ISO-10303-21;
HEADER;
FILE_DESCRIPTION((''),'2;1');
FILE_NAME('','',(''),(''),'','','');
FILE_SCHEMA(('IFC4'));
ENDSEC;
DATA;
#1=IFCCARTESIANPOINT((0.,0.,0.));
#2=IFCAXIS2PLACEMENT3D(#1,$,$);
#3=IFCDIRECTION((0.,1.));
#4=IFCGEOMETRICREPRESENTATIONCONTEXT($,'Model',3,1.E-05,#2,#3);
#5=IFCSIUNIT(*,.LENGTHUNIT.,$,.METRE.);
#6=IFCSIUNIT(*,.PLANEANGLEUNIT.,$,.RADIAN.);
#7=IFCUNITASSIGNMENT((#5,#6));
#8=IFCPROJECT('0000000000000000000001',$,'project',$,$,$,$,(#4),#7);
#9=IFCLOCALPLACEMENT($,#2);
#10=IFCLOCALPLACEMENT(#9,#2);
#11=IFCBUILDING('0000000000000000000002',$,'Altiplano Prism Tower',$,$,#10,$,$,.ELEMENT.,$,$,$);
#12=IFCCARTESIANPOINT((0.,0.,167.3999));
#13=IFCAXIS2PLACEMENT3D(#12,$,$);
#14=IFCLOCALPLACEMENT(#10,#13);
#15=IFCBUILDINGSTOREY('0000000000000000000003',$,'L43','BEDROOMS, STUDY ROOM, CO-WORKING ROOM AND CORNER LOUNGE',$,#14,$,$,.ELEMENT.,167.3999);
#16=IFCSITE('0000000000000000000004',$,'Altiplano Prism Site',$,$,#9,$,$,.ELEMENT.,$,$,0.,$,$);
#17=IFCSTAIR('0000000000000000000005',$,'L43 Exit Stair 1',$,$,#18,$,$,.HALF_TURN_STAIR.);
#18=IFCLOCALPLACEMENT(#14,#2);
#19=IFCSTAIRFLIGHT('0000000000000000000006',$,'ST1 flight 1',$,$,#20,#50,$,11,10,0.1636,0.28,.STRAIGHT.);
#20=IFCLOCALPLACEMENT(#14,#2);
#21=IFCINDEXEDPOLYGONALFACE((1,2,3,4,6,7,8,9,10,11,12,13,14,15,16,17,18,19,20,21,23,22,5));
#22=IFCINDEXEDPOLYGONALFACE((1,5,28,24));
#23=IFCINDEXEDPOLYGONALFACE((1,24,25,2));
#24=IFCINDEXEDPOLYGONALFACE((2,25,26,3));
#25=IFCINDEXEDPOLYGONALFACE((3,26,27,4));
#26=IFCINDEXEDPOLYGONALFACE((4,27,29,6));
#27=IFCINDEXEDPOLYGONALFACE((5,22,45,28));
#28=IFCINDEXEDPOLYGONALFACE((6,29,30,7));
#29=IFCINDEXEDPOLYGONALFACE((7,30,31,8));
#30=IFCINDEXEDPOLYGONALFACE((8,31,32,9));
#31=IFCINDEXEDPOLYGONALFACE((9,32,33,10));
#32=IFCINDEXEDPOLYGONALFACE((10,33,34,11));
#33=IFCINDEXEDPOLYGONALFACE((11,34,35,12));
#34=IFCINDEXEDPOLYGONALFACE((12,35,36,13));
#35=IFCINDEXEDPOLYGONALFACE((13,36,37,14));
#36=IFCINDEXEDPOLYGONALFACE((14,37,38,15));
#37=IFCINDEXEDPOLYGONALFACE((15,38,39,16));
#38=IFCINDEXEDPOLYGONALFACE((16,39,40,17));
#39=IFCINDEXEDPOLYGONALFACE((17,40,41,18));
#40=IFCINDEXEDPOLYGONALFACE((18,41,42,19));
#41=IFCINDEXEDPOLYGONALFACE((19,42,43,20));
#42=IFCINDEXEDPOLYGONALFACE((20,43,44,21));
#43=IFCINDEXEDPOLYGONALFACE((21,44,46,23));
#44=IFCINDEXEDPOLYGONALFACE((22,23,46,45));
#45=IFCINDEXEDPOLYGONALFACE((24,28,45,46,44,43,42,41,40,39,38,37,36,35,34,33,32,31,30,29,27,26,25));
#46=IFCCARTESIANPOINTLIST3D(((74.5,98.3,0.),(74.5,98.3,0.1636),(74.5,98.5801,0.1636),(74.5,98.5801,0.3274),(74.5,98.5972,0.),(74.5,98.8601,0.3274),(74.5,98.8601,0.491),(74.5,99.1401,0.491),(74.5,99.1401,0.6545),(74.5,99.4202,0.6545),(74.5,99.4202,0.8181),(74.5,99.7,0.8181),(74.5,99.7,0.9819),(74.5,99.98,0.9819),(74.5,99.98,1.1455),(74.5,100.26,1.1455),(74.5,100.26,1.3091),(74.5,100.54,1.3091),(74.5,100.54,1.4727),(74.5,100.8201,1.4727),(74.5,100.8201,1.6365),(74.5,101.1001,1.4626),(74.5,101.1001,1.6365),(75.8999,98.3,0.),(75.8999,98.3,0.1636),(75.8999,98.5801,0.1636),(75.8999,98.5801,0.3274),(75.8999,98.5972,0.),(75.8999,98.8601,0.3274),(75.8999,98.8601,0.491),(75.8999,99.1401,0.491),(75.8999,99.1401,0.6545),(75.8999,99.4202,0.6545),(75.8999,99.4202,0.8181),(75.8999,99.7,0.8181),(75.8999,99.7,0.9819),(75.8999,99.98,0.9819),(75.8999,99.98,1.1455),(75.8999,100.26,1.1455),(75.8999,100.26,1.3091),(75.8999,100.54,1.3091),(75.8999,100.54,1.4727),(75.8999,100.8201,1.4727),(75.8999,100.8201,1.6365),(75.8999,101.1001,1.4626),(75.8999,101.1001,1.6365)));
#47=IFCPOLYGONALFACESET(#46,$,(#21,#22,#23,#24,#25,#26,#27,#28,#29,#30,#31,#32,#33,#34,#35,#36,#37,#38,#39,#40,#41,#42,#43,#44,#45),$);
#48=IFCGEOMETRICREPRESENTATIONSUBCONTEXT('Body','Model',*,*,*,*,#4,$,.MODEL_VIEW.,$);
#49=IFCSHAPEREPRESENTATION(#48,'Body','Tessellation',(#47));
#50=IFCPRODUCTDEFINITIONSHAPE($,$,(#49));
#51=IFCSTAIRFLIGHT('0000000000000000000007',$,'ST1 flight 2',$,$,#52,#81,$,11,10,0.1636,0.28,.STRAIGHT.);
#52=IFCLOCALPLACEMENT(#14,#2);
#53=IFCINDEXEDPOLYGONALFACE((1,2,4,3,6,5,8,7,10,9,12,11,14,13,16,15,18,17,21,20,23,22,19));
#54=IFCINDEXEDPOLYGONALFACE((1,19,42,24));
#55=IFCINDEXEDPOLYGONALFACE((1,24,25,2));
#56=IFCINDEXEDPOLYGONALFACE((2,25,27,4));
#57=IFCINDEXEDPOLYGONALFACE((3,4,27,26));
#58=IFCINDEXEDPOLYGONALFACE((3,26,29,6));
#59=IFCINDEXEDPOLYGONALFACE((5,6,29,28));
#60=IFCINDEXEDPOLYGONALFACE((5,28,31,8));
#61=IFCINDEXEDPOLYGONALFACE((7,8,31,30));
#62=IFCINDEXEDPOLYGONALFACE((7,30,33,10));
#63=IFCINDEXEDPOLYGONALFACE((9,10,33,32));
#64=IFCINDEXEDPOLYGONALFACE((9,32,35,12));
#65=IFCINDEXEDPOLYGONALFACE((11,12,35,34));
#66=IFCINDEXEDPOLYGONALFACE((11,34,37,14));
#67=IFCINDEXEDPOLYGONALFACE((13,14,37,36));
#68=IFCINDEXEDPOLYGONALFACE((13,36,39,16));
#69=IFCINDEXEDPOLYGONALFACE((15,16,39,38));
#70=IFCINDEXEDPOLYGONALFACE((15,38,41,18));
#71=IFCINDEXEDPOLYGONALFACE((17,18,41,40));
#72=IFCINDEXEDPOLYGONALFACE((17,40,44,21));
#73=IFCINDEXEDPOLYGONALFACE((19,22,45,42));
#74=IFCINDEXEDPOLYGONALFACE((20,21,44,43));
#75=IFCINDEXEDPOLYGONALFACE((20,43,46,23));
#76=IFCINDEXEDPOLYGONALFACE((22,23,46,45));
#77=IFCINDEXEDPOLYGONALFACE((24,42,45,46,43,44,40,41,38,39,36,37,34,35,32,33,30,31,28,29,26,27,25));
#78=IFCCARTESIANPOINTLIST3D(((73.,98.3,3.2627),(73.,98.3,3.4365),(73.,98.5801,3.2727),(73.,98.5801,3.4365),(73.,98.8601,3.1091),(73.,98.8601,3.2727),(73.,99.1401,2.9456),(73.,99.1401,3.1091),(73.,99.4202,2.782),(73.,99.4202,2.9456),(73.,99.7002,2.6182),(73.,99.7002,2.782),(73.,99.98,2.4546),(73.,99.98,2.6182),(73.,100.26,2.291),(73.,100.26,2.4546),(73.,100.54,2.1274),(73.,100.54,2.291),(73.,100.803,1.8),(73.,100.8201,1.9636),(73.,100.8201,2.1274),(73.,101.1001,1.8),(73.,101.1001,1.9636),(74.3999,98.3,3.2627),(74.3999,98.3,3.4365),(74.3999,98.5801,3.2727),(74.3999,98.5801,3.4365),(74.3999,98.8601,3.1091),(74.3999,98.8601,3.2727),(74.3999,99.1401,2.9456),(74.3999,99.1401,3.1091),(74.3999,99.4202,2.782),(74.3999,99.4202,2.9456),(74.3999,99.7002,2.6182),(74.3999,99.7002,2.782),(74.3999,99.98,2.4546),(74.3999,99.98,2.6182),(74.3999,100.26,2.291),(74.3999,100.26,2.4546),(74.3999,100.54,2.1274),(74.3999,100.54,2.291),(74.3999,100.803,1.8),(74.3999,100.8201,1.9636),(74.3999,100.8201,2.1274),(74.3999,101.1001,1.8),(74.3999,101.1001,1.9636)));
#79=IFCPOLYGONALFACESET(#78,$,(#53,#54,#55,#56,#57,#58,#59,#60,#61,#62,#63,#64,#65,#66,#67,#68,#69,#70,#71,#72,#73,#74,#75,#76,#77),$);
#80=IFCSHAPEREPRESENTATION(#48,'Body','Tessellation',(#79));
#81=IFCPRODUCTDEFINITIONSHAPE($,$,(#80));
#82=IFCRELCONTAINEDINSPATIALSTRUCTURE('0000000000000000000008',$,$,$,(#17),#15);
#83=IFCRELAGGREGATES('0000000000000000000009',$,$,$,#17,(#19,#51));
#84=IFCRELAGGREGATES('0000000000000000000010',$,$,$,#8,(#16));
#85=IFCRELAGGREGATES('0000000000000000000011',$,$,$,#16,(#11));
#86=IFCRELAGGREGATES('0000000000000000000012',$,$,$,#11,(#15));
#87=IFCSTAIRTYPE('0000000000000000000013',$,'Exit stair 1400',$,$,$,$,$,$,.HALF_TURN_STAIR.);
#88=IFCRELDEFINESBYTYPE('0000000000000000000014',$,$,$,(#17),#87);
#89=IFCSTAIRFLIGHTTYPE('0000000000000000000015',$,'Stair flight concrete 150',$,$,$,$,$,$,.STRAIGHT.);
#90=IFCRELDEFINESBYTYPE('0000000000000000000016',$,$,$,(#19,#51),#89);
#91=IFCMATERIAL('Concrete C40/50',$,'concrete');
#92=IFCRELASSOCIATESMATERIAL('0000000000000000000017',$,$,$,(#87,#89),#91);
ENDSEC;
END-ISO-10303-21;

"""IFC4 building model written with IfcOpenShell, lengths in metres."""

from ifc_helpers import new_model, si_unit, direction, frame, origin, place, context, subcontext, project, spatial, polyline, outline, extrude, material, type_object, element, aggregate, save


model = new_model("IFC4")

# Units and contexts
model_context = context("Model", 3, precision=1e-05, world=origin(), true_north=direction((0.0, 1.0)))
body_context = subcontext(model_context, "Body", "Model", "MODEL_VIEW")
ifc_project = project(units=[si_unit("LENGTHUNIT", "METRE"), si_unit("PLANEANGLEUNIT", "RADIAN")], contexts=[model_context])

# Site, building, storey
site_placement = place(None, origin())
site = spatial("IfcSite", under=ifc_project, at=site_placement, Name="Altiplano Prism Site", CompositionType="ELEMENT", RefElevation=0.0)
building_placement = place(site_placement, origin())
building = spatial("IfcBuilding", under=site, at=building_placement, Name="Altiplano Prism Tower", CompositionType="ELEMENT")
storey_placement = place(building_placement, frame((0.0, 0.0, 167.3999)))
storey = spatial("IfcBuildingStorey", under=building, at=storey_placement, Name="L43", Description="BEDROOMS, STUDY ROOM, CO-WORKING ROOM AND CORNER LOUNGE", CompositionType="ELEMENT", Elevation=167.3999)

# Stair, stair flights
ifc_material_1 = material(Name="Concrete C40/50", Category="concrete")
stair_type = type_object("IfcStairType", Name="Exit stair 1400", PredefinedType="HALF_TURN_STAIR", material=ifc_material_1)
stair_placement = place(storey_placement, origin())
stair = element("IfcStair", 1, at=stair_placement, inside=storey, type_object=stair_type, Name="L43 Exit Stair 1", PredefinedType="HALF_TURN_STAIR")
stair_flight_type = type_object("IfcStairFlightType", Name="Stair flight concrete 150", PredefinedType="STRAIGHT", material=ifc_material_1)
stair_flight_1_placement = place(storey_placement, frame((75.2, 98.3, 0.0), z_axis=(0.0, 0.0, 1.0), x_axis=(0.0, 1.0, 0.0)))
stair_flight_1 = element("IfcStairFlight", 2, at=stair_flight_1_placement, type_object=stair_flight_type, Name="ST1 flight 1", NumberOfRisers=11, NumberOfTreads=10, PredefinedType="STRAIGHT", RiserHeight=0.1636, TreadLength=0.28, context=body_context, shape_type="SweptSolid", body=[
    extrude(outline(polyline([(0.0, 0.0), (0.0, 0.1636), (0.28, 0.1636), (0.28, 0.3274), (0.5601, 0.3274), (0.5601, 0.491), (0.8401, 0.491), (0.8401, 0.6545), (1.1201, 0.6545), (1.1201, 0.8181), (1.3999, 0.8181), (1.3999, 0.9819), (1.6799, 0.9819), (1.6799, 1.1455), (1.96, 1.1455), (1.96, 1.3091), (2.24, 1.3091), (2.24, 1.4727), (2.52, 1.4727), (2.52, 1.6365), (2.8, 1.6365), (2.8, 1.8), (2.8, 1.4626), (0.2971, 0.0), (0.0, 0.0)])), frame((0.0, 0.7, 0.0), z_axis=(0.0, -1.0, 0.0), x_axis=(1.0, 0.0, 0.0)), (0.0, 0.0, 1.0), 1.3999),
])
stair_flight_2_placement = place(storey_placement, frame((73.7, 101.1001, 1.8), z_axis=(0.0, 0.0, 1.0), x_axis=(0.0, -1.0, 0.0)))
stair_flight_2 = element("IfcStairFlight", 3, at=stair_flight_2_placement, type_object=stair_flight_type, Name="ST1 flight 2", NumberOfRisers=11, NumberOfTreads=10, PredefinedType="STRAIGHT", RiserHeight=0.1636, TreadLength=0.28, context=body_context, shape_type="SweptSolid", body=[
    extrude(outline(polyline([(0.0, 0.0), (0.0, 0.1636), (0.28, 0.1636), (0.28, 0.3274), (0.5601, 0.3274), (0.5601, 0.491), (0.8401, 0.491), (0.8401, 0.6545), (1.1201, 0.6545), (1.1201, 0.8181), (1.3999, 0.8181), (1.3999, 0.9819), (1.6799, 0.9819), (1.6799, 1.1455), (1.96, 1.1455), (1.96, 1.3091), (2.24, 1.3091), (2.24, 1.4727), (2.52, 1.4727), (2.52, 1.6365), (2.8, 1.6365), (2.8, 1.8), (2.8, 1.4626), (0.2971, 0.0), (0.0, 0.0)])), frame((0.0, 0.7, 0.0), z_axis=(0.0, -1.0, 0.0), x_axis=(1.0, 0.0, 0.0)), (0.0, 0.0, 1.0), 1.3999),
])
aggregate(stair, [stair_flight_1, stair_flight_2])

save(model, "model.ifc")
